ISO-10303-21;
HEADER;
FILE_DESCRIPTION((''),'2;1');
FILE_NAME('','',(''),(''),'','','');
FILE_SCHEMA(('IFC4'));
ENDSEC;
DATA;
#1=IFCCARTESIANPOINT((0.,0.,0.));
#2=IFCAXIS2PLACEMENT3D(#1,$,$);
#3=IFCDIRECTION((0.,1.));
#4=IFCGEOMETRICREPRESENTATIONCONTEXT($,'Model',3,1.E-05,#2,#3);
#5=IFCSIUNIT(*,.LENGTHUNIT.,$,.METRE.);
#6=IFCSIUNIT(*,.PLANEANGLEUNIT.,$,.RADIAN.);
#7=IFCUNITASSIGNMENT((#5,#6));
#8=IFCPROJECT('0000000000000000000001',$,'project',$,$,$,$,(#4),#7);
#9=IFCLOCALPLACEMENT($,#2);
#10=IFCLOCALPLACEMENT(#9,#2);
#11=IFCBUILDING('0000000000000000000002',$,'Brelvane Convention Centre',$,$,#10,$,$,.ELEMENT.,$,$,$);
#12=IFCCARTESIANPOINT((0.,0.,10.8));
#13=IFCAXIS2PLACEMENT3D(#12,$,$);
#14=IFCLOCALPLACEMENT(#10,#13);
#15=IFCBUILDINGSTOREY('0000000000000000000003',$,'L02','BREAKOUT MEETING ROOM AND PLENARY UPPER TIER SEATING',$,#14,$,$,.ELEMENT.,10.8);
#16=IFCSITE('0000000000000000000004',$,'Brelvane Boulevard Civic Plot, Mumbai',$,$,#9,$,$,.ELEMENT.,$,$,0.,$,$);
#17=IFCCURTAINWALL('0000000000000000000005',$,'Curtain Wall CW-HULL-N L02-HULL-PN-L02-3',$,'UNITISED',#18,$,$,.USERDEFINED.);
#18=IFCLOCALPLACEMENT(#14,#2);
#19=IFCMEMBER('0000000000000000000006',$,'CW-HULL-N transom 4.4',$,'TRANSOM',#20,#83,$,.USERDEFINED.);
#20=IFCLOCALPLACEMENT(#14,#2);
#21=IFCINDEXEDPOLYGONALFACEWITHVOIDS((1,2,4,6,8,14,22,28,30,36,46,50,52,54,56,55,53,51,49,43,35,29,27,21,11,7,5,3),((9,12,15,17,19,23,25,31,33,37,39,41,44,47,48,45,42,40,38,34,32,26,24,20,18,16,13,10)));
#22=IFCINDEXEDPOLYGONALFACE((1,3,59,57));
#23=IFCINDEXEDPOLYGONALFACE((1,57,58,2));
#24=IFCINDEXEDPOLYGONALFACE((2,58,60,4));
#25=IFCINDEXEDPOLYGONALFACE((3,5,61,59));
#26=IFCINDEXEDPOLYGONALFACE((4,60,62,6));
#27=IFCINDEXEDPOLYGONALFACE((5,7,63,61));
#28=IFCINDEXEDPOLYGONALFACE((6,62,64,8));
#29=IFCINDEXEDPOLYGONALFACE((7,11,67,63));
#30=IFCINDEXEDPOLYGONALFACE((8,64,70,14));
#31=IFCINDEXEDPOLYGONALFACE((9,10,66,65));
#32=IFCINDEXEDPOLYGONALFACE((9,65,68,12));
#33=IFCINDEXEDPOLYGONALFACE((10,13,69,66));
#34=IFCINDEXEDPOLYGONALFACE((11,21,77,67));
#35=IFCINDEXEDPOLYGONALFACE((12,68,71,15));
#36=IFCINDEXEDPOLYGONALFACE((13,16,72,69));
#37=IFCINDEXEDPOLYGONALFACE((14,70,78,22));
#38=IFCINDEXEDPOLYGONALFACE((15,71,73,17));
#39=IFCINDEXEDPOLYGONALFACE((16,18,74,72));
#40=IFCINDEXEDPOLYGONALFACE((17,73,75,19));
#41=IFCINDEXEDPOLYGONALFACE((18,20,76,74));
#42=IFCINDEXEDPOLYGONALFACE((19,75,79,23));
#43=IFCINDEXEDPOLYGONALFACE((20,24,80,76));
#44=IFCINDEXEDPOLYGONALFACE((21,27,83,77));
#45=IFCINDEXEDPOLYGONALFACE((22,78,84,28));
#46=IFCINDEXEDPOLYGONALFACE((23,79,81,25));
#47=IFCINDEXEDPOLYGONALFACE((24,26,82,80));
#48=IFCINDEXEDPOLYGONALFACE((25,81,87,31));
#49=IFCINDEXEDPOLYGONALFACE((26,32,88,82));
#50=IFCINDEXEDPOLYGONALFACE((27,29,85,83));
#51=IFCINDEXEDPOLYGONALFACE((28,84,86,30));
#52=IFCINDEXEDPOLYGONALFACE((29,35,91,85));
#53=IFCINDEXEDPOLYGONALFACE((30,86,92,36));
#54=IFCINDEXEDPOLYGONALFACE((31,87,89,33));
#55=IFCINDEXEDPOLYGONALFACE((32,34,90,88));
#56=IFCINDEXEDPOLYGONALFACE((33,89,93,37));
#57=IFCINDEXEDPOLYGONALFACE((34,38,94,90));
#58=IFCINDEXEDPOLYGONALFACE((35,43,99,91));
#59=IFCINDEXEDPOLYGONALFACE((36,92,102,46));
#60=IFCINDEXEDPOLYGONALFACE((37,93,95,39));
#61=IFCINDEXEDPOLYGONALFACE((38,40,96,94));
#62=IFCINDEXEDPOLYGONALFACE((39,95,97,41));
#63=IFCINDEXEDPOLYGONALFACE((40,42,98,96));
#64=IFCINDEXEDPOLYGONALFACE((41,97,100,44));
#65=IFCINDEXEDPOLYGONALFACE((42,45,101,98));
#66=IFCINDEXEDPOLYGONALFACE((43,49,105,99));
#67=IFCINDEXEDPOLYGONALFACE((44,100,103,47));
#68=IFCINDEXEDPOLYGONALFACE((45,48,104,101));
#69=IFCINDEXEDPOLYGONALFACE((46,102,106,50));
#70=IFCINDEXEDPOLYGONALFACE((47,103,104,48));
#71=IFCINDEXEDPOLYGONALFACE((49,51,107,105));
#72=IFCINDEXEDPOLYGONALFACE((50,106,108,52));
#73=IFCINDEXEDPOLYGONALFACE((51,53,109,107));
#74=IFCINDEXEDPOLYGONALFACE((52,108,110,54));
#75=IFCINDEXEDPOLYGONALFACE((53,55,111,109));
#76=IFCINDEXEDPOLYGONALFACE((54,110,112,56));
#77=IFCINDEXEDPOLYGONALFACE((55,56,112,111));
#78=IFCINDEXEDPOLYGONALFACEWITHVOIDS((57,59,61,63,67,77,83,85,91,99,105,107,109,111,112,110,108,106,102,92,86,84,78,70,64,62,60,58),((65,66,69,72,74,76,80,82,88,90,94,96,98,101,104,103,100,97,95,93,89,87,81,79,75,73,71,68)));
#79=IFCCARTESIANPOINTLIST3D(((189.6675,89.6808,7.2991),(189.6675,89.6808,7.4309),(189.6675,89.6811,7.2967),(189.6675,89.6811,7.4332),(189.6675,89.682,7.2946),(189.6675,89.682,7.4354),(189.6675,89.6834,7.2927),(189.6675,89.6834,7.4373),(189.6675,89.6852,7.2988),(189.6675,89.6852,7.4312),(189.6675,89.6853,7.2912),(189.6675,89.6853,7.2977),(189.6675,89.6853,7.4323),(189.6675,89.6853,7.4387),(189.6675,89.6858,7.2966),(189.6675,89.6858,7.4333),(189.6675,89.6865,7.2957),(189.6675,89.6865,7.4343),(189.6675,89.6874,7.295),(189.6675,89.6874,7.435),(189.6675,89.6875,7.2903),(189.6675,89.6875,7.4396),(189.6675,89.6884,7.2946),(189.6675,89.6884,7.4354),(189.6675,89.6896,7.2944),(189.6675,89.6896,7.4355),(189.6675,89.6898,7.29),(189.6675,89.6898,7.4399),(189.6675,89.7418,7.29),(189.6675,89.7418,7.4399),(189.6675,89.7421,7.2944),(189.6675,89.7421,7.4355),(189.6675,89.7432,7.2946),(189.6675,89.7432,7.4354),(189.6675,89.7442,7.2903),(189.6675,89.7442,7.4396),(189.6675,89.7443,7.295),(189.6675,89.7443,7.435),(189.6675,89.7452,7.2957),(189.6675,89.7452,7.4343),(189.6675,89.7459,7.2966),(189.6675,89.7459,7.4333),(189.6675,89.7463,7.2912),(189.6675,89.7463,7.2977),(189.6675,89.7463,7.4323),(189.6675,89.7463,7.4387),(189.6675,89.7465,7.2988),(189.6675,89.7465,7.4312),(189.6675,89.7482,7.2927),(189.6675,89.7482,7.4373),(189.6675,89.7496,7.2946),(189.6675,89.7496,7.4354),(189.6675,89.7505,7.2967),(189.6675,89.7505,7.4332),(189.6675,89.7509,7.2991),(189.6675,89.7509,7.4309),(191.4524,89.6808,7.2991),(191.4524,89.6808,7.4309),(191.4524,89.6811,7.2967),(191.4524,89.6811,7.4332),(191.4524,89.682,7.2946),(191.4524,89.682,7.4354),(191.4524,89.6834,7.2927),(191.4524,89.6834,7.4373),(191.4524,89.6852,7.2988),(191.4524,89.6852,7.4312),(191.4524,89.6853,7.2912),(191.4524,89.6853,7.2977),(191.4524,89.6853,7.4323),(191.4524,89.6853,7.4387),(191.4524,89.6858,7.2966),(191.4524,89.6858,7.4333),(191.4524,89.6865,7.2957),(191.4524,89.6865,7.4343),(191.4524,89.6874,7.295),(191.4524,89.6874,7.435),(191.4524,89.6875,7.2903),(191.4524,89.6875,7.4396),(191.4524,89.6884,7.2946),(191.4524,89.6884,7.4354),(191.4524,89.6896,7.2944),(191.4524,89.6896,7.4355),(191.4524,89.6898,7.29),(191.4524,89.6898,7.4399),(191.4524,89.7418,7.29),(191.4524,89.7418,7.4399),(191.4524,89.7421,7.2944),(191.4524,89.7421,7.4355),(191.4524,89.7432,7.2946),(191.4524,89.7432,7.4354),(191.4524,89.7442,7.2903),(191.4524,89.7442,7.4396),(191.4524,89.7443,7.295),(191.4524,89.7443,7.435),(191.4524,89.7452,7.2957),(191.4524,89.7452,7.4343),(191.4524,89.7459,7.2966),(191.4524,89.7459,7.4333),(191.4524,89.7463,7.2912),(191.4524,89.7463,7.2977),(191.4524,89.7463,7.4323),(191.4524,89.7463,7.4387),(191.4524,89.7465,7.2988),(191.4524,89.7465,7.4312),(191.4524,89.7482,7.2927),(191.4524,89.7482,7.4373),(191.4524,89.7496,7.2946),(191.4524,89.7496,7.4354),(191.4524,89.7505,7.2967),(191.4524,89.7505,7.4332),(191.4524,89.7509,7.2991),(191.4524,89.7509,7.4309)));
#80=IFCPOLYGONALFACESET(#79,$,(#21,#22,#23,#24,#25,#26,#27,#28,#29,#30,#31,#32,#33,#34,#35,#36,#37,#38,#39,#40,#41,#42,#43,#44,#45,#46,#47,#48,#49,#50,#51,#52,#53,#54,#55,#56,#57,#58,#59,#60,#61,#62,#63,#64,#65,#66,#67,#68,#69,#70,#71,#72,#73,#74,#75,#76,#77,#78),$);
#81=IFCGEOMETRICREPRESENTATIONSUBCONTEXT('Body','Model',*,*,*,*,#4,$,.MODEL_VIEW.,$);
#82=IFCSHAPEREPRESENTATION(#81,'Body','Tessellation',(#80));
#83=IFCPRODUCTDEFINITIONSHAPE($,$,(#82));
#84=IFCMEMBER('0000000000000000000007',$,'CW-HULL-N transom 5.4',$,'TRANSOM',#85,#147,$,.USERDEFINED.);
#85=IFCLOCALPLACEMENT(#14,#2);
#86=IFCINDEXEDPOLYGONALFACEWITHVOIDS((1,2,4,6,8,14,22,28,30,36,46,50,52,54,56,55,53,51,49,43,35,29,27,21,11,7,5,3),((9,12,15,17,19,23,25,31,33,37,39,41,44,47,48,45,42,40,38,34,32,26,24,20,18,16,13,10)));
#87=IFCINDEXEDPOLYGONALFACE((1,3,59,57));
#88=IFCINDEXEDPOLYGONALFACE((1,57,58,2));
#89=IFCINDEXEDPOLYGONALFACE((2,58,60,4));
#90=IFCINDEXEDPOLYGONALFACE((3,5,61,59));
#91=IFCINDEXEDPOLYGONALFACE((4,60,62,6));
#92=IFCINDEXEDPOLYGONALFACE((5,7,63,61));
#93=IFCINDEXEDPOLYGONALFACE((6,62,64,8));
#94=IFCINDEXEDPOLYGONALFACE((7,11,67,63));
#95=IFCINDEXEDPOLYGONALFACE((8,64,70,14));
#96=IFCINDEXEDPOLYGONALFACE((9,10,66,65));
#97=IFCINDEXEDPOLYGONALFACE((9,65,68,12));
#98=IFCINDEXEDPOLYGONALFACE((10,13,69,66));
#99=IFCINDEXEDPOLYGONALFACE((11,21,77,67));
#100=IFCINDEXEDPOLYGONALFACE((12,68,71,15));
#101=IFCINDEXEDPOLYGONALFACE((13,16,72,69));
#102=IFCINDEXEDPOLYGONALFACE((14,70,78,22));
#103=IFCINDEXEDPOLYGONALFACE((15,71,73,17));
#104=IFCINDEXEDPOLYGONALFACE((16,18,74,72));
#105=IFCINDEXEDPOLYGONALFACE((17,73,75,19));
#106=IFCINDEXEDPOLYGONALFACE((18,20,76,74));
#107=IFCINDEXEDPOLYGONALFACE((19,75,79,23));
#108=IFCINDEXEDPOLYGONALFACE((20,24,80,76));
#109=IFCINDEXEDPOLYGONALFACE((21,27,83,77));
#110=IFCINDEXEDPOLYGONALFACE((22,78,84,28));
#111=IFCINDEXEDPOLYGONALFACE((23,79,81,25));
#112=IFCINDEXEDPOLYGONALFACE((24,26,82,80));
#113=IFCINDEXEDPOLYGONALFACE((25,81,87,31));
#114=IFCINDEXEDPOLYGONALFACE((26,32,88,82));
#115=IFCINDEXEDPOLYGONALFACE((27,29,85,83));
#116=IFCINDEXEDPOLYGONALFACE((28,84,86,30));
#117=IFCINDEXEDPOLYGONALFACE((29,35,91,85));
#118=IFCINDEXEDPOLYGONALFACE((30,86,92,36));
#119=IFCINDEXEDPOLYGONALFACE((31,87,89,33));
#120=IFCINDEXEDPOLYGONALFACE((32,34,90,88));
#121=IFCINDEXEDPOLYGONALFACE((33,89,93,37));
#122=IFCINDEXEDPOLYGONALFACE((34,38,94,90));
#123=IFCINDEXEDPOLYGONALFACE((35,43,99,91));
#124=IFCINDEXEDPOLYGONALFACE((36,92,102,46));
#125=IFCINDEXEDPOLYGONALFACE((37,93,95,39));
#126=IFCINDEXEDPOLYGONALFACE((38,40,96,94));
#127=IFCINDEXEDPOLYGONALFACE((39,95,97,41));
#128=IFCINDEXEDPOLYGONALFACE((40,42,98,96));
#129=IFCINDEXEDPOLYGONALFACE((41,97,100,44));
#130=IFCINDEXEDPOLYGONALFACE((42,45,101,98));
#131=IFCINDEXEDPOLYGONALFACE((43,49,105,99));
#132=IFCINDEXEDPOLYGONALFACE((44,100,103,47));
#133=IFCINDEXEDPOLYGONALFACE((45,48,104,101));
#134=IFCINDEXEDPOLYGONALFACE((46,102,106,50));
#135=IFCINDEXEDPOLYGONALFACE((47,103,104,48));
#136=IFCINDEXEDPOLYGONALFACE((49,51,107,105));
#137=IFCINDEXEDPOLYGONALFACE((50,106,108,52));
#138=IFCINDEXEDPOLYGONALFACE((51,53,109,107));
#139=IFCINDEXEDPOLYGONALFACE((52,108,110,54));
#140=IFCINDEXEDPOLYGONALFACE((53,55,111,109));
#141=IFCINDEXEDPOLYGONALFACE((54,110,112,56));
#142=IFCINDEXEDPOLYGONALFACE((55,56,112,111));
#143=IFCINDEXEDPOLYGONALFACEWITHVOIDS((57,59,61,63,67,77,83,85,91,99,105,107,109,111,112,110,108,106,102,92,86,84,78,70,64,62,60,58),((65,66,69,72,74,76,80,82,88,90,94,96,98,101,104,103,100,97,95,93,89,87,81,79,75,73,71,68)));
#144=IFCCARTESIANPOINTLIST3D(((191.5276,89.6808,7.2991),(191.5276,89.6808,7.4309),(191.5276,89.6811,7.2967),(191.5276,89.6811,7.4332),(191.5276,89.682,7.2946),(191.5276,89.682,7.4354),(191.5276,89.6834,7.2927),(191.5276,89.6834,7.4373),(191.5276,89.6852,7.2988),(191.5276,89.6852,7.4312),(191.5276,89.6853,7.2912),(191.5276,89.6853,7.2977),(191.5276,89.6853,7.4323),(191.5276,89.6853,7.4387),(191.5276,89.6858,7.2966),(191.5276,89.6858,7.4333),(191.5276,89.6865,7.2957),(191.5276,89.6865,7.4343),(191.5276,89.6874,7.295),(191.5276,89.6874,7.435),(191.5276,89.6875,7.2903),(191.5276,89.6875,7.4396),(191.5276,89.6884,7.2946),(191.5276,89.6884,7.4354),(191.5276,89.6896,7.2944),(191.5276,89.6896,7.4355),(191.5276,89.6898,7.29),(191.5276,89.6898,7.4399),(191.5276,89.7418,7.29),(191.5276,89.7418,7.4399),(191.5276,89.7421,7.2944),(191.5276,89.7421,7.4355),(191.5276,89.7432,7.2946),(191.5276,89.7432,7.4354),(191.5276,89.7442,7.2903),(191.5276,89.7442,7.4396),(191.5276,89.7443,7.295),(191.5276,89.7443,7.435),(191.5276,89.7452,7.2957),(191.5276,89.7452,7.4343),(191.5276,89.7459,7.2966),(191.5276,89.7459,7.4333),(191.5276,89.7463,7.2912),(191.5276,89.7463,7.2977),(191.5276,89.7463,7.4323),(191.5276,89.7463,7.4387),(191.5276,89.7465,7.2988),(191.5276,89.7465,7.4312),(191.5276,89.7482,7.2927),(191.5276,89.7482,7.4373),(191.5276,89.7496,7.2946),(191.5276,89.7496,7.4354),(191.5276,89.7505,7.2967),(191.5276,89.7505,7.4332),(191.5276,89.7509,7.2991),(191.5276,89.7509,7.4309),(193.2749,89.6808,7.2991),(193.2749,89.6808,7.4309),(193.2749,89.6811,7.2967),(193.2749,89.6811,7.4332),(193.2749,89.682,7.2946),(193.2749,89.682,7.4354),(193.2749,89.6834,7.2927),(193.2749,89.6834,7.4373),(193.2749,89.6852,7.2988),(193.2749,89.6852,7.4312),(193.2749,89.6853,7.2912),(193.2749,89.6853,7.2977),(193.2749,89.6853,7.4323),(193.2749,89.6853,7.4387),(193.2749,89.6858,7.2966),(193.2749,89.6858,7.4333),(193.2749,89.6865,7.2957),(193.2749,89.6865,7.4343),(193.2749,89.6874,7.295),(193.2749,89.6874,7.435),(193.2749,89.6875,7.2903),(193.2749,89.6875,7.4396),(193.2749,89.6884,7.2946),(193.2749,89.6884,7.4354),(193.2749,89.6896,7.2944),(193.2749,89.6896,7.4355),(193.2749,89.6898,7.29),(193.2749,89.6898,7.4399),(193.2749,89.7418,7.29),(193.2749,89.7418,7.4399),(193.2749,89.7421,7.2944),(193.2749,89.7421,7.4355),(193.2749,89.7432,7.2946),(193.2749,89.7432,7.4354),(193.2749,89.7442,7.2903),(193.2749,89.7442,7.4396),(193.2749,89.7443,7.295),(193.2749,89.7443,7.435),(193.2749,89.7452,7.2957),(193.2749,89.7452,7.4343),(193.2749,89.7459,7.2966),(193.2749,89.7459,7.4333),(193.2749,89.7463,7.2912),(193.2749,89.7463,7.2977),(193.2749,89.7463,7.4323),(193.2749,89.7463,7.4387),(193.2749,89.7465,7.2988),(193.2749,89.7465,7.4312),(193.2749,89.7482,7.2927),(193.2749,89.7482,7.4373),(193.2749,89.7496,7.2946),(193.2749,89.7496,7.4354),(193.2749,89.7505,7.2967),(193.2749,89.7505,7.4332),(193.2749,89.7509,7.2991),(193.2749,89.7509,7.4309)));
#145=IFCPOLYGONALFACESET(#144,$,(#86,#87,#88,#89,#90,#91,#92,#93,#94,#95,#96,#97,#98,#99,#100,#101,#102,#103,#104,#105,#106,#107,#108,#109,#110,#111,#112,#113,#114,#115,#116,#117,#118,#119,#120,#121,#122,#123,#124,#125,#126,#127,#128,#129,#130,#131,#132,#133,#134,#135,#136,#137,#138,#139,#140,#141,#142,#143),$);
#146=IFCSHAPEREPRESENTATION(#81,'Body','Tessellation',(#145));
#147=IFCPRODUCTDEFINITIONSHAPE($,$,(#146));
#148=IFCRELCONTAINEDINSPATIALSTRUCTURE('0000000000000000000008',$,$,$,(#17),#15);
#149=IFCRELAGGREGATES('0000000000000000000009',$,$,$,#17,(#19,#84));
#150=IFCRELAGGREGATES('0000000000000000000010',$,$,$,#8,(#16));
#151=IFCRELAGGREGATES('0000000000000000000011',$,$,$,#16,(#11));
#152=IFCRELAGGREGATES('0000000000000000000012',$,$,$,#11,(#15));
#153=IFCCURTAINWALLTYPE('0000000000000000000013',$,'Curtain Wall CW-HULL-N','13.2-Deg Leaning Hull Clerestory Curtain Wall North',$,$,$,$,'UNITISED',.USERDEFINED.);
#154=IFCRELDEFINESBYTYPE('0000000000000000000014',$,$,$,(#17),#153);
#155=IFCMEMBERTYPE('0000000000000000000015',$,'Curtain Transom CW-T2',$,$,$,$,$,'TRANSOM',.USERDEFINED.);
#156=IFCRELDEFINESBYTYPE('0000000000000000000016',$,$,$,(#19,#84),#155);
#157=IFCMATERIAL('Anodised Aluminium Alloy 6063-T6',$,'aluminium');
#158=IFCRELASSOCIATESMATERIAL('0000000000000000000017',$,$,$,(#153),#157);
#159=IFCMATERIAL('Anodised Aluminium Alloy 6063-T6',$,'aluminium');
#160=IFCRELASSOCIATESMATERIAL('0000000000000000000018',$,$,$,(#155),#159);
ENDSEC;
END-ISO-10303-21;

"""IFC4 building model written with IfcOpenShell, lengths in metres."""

from ifc_helpers import new_model, si_unit, direction, frame, origin, origin_2d, place, context, subcontext, project, spatial, hollow_rectangle, extrude, material, material_profile, profile_set, type_object, element, aggregate, save


model = new_model("IFC4")

# Units and contexts
model_context = context("Model", 3, precision=1e-05, world=origin(), true_north=direction((0.0, 1.0)))
body_context = subcontext(model_context, "Body", "Model", "MODEL_VIEW")
ifc_project = project(units=[si_unit("LENGTHUNIT", "METRE"), si_unit("PLANEANGLEUNIT", "RADIAN")], contexts=[model_context])

# Site, building, storey
site_placement = place(None, origin())
site = spatial("IfcSite", under=ifc_project, at=site_placement, Name="Brelvane Boulevard Civic Plot, Mumbai", CompositionType="ELEMENT", RefElevation=0.0)
building_placement = place(site_placement, origin())
building = spatial("IfcBuilding", under=site, at=building_placement, Name="Brelvane Convention Centre", CompositionType="ELEMENT")
storey_placement = place(building_placement, frame((0.0, 0.0, 10.8)))
storey = spatial("IfcBuildingStorey", under=building, at=storey_placement, Name="L02", Description="BREAKOUT MEETING ROOM AND PLENARY UPPER TIER SEATING", CompositionType="ELEMENT", Elevation=10.8)

# Curtain wall, members
ifc_material_1 = material(Name="Anodised Aluminium Alloy 6063-T6", Category="aluminium")
curtain_wall_type = type_object("IfcCurtainWallType", Name="Curtain Wall CW-HULL-N", Description="13.2-Deg Leaning Hull Clerestory Curtain Wall North", ElementType="UNITISED", PredefinedType="USERDEFINED", material=ifc_material_1)
curtain_wall_1_placement = place(storey_placement, origin())
curtain_wall_1 = element("IfcCurtainWall", 1, at=curtain_wall_1_placement, inside=storey, type_object=curtain_wall_type, Name="Curtain Wall CW-HULL-N L02-HULL-PN-L02-3", ObjectType="UNITISED", PredefinedType="USERDEFINED")
ifc_material_2 = material(Name="Anodised Aluminium Alloy 6063-T6", Category="aluminium")
ifc_material_profile_1 = material_profile(ifc_material_2, hollow_rectangle(XDim=0.0701, YDim=0.1499, WallThickness=0.0044, InnerFilletRadius=0.0044, OuterFilletRadius=0.009, at=origin_2d()), Name="ALU-T 150x70x4.5")
ifc_profile_set_1 = profile_set([ifc_material_profile_1], Name="Anodised Aluminium Alloy 6063-T6")
member_type = type_object("IfcMemberType", Name="Curtain Transom CW-T2", ElementType="TRANSOM", PredefinedType="USERDEFINED", material=ifc_profile_set_1)
member_1_placement = place(storey_placement, frame((189.6675, 89.7158, 7.365), z_axis=(1.0, 0.0, 0.0), x_axis=(0.0, 1.0, 0.0)))
member_1 = element("IfcMember", 2, at=member_1_placement, type_object=member_type, Name="CW-HULL-N transom 4.4", ObjectType="TRANSOM", PredefinedType="USERDEFINED", context=body_context, shape_type="SweptSolid", body=[
    extrude(hollow_rectangle(XDim=0.0701, YDim=0.1499, WallThickness=0.0044, InnerFilletRadius=0.0044, OuterFilletRadius=0.009, at=origin_2d()), origin(), (0.0, 0.0, 1.0), 1.7849),
])
member_2_placement = place(storey_placement, frame((191.5276, 89.7158, 7.365), z_axis=(1.0, 0.0, 0.0), x_axis=(0.0, 1.0, 0.0)))
member_2 = element("IfcMember", 3, at=member_2_placement, type_object=member_type, Name="CW-HULL-N transom 5.4", ObjectType="TRANSOM", PredefinedType="USERDEFINED", context=body_context, shape_type="SweptSolid", body=[
    extrude(hollow_rectangle(XDim=0.0701, YDim=0.1499, WallThickness=0.0044, InnerFilletRadius=0.0044, OuterFilletRadius=0.009, at=origin_2d()), origin(), (0.0, 0.0, 1.0), 1.7473),
])
aggregate(curtain_wall_1, [member_1, member_2])

save(model, "model.ifc")
